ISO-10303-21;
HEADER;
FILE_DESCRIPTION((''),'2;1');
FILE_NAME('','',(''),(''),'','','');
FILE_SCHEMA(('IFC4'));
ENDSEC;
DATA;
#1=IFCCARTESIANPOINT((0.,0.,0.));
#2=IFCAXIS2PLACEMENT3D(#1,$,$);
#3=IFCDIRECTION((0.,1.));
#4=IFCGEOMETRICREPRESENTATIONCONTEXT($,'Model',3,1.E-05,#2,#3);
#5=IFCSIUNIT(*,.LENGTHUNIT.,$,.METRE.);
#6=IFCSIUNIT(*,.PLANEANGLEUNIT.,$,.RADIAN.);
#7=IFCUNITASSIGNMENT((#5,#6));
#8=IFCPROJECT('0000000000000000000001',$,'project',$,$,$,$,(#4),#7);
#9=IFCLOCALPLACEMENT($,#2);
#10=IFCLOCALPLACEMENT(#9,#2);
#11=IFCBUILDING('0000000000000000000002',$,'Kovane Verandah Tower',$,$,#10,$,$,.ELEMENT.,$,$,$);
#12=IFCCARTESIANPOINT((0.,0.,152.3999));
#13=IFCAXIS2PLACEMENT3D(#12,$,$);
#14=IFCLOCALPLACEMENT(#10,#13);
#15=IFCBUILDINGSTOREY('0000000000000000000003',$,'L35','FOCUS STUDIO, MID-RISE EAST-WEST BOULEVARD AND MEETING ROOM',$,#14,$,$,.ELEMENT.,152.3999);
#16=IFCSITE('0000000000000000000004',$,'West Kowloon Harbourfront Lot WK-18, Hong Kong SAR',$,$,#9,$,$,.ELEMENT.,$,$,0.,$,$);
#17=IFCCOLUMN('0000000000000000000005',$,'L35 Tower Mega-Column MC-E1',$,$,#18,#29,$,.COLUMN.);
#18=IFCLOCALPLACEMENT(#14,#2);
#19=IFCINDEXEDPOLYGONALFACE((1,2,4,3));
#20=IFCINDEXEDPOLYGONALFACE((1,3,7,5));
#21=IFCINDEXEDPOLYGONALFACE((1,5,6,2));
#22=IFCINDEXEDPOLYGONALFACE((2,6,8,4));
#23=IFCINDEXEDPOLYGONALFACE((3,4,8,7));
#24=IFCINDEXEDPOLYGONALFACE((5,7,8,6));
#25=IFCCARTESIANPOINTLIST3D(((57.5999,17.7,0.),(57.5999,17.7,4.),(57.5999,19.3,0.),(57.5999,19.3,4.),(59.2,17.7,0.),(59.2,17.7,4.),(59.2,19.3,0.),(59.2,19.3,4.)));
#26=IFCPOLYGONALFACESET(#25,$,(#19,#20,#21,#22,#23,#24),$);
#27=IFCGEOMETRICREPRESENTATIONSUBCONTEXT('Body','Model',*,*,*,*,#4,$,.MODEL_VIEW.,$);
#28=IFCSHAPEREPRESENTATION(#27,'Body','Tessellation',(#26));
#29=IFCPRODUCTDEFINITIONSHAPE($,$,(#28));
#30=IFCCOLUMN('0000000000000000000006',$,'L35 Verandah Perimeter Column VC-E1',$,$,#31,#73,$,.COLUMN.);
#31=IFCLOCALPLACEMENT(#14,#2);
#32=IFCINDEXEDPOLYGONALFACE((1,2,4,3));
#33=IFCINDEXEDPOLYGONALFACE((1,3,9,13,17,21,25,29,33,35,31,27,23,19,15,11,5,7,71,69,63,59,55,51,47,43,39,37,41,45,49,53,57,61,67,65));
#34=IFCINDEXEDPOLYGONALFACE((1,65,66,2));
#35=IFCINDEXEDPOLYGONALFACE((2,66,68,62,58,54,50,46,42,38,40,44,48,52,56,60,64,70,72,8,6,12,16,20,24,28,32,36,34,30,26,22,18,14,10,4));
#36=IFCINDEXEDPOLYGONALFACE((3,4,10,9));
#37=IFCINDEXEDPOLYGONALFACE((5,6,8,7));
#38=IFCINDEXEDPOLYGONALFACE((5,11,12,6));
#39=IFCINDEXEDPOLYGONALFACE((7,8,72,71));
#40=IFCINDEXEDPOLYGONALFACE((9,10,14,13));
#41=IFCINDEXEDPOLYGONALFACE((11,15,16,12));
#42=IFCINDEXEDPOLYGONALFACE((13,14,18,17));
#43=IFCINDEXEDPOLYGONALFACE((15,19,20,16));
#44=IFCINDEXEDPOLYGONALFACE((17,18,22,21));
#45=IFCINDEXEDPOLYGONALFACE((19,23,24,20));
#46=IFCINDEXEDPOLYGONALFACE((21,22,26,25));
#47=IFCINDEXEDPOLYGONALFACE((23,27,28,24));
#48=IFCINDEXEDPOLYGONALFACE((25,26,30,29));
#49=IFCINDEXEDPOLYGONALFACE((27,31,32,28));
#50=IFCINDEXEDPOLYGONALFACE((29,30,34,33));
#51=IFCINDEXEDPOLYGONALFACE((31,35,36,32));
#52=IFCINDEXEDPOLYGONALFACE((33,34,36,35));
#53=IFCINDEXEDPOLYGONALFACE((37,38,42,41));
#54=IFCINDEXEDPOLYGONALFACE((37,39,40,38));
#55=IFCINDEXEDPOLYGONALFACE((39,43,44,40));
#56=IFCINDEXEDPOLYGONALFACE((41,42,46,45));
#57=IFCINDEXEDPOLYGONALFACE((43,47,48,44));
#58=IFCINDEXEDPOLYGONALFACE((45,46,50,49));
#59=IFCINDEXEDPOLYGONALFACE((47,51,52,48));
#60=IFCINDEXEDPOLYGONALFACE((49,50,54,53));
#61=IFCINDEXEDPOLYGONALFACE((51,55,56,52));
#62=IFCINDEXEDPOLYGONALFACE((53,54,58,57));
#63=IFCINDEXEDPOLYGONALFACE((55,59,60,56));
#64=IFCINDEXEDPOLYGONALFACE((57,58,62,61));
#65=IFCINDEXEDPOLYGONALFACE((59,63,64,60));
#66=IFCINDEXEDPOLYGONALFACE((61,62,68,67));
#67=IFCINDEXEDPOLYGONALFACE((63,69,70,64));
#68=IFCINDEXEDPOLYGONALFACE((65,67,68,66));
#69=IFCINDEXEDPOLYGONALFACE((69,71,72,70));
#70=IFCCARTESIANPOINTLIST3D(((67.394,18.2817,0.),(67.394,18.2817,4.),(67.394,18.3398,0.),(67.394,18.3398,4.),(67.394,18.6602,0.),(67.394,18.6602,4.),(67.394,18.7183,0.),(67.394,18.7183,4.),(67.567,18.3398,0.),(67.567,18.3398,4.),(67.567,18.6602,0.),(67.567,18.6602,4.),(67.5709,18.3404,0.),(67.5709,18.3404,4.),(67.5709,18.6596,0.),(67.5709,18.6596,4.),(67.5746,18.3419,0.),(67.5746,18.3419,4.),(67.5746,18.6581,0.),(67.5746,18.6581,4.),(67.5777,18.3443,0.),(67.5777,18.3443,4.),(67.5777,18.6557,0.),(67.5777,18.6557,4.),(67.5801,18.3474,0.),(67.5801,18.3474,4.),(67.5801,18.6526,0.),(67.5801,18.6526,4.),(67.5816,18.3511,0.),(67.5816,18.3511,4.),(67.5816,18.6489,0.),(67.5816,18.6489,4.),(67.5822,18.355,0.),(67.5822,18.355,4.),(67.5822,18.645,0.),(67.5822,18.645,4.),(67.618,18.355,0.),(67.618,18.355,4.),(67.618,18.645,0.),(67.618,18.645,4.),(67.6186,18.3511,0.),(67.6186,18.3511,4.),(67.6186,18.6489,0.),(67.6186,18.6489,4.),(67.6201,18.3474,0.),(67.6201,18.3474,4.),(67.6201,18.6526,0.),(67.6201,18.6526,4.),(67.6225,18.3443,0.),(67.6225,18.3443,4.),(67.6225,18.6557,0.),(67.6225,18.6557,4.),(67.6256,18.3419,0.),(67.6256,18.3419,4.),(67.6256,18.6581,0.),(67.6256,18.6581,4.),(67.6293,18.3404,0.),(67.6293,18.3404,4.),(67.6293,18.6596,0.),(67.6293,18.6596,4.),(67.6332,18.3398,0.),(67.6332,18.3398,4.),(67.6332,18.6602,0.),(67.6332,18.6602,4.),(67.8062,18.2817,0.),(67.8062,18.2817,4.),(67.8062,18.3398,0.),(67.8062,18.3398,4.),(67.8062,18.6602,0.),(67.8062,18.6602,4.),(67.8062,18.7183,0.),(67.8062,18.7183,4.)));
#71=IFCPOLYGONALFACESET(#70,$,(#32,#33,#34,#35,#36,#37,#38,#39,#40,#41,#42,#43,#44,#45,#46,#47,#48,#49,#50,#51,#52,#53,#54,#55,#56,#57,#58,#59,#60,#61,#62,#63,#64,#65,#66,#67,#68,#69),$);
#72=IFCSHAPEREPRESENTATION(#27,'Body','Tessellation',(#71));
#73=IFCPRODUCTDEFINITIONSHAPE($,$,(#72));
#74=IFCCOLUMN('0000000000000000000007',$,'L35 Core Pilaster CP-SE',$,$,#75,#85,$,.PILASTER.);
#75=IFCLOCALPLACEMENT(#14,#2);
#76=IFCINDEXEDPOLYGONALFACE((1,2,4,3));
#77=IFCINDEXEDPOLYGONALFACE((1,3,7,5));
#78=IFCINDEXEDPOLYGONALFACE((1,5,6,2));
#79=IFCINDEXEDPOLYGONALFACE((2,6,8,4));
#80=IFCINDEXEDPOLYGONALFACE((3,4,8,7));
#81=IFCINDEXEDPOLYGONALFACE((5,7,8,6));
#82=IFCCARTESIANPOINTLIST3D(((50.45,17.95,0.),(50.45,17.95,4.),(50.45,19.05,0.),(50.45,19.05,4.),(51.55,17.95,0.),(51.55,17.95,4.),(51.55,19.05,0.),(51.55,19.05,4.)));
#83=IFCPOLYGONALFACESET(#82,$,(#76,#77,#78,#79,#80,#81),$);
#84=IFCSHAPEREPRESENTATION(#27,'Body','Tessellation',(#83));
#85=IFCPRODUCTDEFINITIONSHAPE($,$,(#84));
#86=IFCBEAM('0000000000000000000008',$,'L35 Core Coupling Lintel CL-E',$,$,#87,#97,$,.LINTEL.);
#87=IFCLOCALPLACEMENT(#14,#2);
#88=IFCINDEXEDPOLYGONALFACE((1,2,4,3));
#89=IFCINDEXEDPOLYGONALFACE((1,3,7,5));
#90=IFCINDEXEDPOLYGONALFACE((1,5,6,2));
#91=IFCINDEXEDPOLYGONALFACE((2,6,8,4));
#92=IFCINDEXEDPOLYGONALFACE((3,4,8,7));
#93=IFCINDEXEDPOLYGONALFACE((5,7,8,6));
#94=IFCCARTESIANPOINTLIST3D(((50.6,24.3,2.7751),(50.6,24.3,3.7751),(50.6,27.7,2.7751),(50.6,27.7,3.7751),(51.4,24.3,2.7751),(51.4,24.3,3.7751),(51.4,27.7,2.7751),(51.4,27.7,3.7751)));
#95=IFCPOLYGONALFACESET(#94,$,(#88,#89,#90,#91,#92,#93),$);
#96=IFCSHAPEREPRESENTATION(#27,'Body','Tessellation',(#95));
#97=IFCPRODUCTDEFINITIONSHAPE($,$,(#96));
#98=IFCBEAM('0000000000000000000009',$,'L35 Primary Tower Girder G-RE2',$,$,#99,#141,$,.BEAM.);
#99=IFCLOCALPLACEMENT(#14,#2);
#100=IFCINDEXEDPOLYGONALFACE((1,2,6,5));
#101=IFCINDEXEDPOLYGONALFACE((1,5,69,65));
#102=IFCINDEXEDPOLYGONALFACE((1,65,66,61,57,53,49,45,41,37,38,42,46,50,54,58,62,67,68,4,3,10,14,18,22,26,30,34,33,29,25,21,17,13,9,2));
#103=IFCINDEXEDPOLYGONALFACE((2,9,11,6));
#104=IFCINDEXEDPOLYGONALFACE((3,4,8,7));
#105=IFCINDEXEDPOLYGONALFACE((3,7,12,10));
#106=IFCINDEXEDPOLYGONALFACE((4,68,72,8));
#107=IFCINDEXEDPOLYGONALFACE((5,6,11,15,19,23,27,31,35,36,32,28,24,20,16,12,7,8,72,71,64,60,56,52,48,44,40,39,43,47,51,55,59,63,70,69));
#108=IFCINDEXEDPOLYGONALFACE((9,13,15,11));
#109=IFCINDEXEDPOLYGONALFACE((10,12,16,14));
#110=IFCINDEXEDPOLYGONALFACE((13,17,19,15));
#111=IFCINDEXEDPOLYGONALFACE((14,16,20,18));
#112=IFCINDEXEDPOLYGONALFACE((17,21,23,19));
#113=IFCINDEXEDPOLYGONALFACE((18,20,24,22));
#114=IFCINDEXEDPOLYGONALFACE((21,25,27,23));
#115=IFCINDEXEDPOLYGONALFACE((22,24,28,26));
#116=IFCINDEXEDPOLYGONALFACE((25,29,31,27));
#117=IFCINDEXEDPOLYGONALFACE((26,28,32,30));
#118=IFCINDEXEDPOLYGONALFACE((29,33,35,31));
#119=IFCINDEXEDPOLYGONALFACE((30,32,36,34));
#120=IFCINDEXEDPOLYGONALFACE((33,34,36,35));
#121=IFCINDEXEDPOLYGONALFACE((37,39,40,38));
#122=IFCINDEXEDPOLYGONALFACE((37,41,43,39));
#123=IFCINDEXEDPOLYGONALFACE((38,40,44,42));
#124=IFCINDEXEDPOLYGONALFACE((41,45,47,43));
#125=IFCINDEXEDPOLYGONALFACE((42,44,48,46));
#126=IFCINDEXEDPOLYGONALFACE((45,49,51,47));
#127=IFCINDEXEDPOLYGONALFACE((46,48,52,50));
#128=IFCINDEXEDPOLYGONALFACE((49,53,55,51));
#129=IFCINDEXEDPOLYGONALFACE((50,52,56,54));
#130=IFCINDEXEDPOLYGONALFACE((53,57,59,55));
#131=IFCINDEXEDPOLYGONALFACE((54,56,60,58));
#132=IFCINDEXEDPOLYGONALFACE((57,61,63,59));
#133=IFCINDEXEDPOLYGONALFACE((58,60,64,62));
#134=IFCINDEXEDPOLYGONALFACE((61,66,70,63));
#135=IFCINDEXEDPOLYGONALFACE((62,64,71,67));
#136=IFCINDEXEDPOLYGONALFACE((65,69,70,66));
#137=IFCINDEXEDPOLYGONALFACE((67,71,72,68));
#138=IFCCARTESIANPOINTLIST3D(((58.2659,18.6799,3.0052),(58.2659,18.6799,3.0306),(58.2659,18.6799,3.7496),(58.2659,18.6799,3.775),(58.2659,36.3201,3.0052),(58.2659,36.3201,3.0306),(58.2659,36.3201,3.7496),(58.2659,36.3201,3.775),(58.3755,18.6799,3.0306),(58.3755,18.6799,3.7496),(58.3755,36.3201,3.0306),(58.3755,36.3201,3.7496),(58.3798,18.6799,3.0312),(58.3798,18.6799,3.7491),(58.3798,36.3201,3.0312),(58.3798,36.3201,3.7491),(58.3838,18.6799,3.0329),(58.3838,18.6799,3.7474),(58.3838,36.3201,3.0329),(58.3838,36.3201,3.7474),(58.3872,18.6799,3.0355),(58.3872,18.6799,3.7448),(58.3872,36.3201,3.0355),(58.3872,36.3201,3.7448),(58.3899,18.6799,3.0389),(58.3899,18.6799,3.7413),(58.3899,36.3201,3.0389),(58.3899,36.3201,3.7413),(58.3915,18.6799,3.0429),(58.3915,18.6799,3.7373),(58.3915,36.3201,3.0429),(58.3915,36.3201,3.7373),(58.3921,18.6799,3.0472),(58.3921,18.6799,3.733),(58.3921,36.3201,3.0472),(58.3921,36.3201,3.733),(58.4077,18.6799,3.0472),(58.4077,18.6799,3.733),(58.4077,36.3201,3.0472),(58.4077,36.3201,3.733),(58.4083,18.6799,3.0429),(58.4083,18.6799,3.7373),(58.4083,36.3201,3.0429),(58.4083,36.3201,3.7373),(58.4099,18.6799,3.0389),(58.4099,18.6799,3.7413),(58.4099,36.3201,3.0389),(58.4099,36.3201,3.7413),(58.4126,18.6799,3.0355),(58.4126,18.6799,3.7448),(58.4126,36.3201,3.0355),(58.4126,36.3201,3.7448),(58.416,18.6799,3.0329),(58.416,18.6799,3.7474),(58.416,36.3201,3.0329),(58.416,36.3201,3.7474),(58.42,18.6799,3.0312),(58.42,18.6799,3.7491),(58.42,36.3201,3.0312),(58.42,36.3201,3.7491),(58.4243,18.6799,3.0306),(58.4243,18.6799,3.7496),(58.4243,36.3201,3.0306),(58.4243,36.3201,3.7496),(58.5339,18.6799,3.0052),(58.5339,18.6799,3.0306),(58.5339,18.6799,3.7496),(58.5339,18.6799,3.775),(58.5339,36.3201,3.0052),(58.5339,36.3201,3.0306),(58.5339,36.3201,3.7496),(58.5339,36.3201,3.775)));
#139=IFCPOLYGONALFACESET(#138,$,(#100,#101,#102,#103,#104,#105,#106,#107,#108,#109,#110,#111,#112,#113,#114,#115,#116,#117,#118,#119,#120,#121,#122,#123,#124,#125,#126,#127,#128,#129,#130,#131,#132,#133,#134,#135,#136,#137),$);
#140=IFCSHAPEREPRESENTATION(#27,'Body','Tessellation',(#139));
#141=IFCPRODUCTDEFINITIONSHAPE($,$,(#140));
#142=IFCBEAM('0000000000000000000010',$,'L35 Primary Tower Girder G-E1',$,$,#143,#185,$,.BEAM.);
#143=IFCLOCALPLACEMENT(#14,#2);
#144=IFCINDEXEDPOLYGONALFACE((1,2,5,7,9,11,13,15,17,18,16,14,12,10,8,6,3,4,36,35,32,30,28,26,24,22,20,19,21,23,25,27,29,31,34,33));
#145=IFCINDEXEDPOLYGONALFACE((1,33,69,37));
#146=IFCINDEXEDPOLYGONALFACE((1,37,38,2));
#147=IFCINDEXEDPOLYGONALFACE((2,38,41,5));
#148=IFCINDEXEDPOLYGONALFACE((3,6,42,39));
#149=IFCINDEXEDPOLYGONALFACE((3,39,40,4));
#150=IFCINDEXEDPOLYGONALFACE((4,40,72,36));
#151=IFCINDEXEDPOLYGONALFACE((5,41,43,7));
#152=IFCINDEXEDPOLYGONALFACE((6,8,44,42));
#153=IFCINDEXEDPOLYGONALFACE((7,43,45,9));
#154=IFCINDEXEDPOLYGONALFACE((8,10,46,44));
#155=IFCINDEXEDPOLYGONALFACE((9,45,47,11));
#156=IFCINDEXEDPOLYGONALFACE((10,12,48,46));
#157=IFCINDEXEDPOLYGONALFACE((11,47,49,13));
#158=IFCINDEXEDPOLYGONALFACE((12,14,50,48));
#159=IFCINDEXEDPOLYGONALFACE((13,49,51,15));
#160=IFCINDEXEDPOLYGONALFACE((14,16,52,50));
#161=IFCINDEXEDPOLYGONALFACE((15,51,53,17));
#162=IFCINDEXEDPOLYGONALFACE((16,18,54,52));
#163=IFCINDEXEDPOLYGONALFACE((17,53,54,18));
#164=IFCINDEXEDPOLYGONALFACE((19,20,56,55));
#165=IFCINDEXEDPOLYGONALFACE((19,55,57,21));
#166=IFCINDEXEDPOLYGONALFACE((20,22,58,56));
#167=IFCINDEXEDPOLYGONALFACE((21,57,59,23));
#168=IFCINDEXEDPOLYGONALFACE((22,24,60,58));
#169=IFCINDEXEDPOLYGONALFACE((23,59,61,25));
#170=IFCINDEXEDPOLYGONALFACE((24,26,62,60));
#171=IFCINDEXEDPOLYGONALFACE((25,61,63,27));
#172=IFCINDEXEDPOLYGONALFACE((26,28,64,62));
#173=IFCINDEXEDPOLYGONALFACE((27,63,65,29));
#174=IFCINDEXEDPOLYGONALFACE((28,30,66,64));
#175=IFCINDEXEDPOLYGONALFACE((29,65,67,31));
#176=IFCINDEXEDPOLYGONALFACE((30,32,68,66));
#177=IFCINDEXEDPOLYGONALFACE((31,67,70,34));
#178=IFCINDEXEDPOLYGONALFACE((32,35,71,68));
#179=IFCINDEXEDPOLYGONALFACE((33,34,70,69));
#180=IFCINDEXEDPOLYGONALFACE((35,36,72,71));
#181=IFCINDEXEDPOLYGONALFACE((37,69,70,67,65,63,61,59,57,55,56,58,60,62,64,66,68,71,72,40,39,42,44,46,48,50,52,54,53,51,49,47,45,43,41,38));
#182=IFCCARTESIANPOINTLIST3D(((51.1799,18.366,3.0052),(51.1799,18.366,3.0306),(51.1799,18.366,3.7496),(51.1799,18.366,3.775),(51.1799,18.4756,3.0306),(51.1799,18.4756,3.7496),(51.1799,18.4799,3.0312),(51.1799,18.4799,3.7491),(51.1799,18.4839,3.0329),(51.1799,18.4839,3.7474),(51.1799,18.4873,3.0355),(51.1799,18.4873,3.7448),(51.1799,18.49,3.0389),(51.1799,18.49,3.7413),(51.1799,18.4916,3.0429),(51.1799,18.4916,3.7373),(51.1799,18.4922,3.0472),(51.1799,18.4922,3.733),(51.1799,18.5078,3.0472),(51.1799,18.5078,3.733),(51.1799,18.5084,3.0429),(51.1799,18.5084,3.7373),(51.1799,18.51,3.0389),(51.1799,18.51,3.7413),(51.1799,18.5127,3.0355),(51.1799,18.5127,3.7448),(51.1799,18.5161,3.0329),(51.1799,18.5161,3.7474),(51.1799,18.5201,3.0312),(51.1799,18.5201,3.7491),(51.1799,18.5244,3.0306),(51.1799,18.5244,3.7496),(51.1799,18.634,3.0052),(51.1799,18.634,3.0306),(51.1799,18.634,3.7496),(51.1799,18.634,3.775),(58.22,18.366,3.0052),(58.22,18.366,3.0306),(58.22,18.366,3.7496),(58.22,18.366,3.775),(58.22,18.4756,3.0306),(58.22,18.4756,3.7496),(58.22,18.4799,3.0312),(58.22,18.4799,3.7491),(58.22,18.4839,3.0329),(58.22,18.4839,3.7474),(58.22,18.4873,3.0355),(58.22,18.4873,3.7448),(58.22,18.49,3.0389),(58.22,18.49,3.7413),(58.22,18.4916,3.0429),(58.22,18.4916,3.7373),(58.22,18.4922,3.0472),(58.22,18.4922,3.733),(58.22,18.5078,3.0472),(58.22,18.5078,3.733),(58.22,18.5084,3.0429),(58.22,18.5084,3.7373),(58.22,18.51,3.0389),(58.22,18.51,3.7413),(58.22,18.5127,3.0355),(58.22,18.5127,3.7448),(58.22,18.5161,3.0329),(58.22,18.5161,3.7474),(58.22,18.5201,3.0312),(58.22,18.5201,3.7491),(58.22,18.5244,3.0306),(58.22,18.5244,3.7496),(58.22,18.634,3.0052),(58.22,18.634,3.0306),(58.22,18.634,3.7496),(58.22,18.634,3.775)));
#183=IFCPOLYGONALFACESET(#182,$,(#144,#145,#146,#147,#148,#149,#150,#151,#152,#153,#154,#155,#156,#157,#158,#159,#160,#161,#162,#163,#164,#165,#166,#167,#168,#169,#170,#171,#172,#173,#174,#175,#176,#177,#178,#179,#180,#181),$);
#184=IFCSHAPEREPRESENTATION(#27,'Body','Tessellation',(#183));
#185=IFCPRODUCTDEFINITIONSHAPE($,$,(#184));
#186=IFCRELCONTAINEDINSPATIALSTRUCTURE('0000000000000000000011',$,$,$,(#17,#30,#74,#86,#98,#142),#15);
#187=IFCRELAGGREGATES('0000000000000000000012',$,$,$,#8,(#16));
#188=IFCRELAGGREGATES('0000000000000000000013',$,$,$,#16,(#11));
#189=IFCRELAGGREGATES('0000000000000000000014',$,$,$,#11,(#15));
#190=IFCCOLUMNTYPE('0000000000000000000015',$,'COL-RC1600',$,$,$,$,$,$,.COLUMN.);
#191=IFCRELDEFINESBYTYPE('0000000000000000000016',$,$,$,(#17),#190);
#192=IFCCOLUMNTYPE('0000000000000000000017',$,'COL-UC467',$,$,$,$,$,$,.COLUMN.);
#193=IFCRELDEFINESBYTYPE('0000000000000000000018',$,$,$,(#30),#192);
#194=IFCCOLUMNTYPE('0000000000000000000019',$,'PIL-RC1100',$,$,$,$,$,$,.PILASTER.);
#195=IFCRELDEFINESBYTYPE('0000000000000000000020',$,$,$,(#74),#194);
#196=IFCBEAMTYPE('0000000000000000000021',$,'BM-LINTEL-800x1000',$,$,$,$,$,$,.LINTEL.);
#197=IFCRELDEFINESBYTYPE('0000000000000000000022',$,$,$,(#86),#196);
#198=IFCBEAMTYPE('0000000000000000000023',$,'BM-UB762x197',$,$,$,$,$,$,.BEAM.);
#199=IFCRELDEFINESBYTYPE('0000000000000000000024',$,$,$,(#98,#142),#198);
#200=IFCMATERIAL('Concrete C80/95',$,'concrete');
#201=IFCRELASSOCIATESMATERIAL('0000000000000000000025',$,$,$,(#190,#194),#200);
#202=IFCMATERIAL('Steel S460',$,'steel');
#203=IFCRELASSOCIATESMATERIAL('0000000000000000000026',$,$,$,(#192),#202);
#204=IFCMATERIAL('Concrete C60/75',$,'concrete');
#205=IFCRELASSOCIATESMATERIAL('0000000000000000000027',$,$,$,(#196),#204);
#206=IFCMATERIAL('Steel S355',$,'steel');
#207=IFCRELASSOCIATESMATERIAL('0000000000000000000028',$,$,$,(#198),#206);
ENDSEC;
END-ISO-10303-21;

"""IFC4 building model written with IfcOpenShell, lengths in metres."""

from ifc_helpers import new_model, si_unit, direction, frame, origin, origin_2d, place, context, subcontext, project, spatial, rectangle, i_section, extrude, material, material_profile, profile_set, type_object, element, save


model = new_model("IFC4")

# Units and contexts
model_context = context("Model", 3, precision=1e-05, world=origin(), true_north=direction((0.0, 1.0)))
body_context = subcontext(model_context, "Body", "Model", "MODEL_VIEW")
ifc_project = project(units=[si_unit("LENGTHUNIT", "METRE"), si_unit("PLANEANGLEUNIT", "RADIAN")], contexts=[model_context])

# Site, building, storey
site_placement = place(None, origin())
site = spatial("IfcSite", under=ifc_project, at=site_placement, Name="West Kowloon Harbourfront Lot WK-18, Hong Kong SAR", CompositionType="ELEMENT", RefElevation=0.0)
building_placement = place(site_placement, origin())
building = spatial("IfcBuilding", under=site, at=building_placement, Name="Kovane Verandah Tower", CompositionType="ELEMENT")
storey_placement = place(building_placement, frame((0.0, 0.0, 152.3999)))
storey = spatial("IfcBuildingStorey", under=building, at=storey_placement, Name="L35", Description="FOCUS STUDIO, MID-RISE EAST-WEST BOULEVARD AND MEETING ROOM", CompositionType="ELEMENT", Elevation=152.3999)

# Columns
ifc_material_1 = material(Name="Concrete C80/95", Category="concrete")
ifc_material_profile_1 = material_profile(ifc_material_1, rectangle(XDim=1.6001, YDim=1.6001, at=origin_2d()), Name="RC1600x1600")
ifc_profile_set_1 = profile_set([ifc_material_profile_1], Name="Concrete C80/95")
column_type_1 = type_object("IfcColumnType", Name="COL-RC1600", PredefinedType="COLUMN", material=ifc_profile_set_1)
column_1_placement = place(storey_placement, frame((58.3999, 18.5, 0.0), z_axis=(0.0, 0.0, 1.0), x_axis=(1.0, 0.0, 0.0)))
element("IfcColumn", 1, at=column_1_placement, inside=storey, type_object=column_type_1, Name="L35 Tower Mega-Column MC-E1", PredefinedType="COLUMN", context=body_context, shape_type="SweptSolid", body=[
    extrude(rectangle(XDim=1.6001, YDim=1.6001, at=origin_2d()), origin(), (0.0, 0.0, 1.0), 4.0),
])
ifc_material_2 = material(Name="Steel S460", Category="steel")
ifc_material_profile_2 = material_profile(ifc_material_2, i_section(OverallWidth=0.4121, OverallDepth=0.4365, WebThickness=0.0359, FlangeThickness=0.0581, FilletRadius=0.0151, at=origin_2d()), Name="UC356x406x467")
ifc_profile_set_2 = profile_set([ifc_material_profile_2], Name="Steel S460")
column_type_2 = type_object("IfcColumnType", Name="COL-UC467", PredefinedType="COLUMN", material=ifc_profile_set_2)
column_2_placement = place(storey_placement, frame((67.6001, 18.5, 0.0), z_axis=(0.0, 0.0, 1.0), x_axis=(1.0, 0.0, 0.0)))
element("IfcColumn", 2, at=column_2_placement, inside=storey, type_object=column_type_2, Name="L35 Verandah Perimeter Column VC-E1", PredefinedType="COLUMN", context=body_context, shape_type="SweptSolid", body=[
    extrude(i_section(OverallWidth=0.4121, OverallDepth=0.4365, WebThickness=0.0359, FlangeThickness=0.0581, FilletRadius=0.0151, at=origin_2d()), origin(), (0.0, 0.0, 1.0), 4.0),
])
ifc_material_profile_3 = material_profile(ifc_material_1, rectangle(XDim=1.1001, YDim=1.1001, at=origin_2d()), Name="RC1100x1100")
ifc_profile_set_3 = profile_set([ifc_material_profile_3], Name="Concrete C80/95")
column_type_3 = type_object("IfcColumnType", Name="PIL-RC1100", PredefinedType="PILASTER", material=ifc_profile_set_3)
column_3_placement = place(storey_placement, frame((51.0, 18.5, 0.0), z_axis=(0.0, 0.0, 1.0), x_axis=(1.0, 0.0, 0.0)))
element("IfcColumn", 3, at=column_3_placement, inside=storey, type_object=column_type_3, Name="L35 Core Pilaster CP-SE", PredefinedType="PILASTER", context=body_context, shape_type="SweptSolid", body=[
    extrude(rectangle(XDim=1.1001, YDim=1.1001, at=origin_2d()), origin(), (0.0, 0.0, 1.0), 4.0),
])

# Beams
ifc_material_3 = material(Name="Concrete C60/75", Category="concrete")
ifc_material_profile_4 = material_profile(ifc_material_3, rectangle(XDim=0.8, YDim=1.0, at=origin_2d()), Name="RCB800x1000")
ifc_profile_set_4 = profile_set([ifc_material_profile_4], Name="Concrete C60/75")
beam_type_1 = type_object("IfcBeamType", Name="BM-LINTEL-800x1000", PredefinedType="LINTEL", material=ifc_profile_set_4)
beam_1_placement = place(storey_placement, frame((51.0, 24.3, 3.2751), z_axis=(0.0, 1.0, 0.0), x_axis=(-1.0, 0.0, 0.0)))
element("IfcBeam", 4, at=beam_1_placement, inside=storey, type_object=beam_type_1, Name="L35 Core Coupling Lintel CL-E", PredefinedType="LINTEL", context=body_context, shape_type="SweptSolid", body=[
    extrude(rectangle(XDim=0.8, YDim=1.0, at=origin_2d()), origin(), (0.0, 0.0, 1.0), 3.3999),
])
ifc_material_4 = material(Name="Steel S355", Category="steel")
ifc_material_profile_5 = material_profile(ifc_material_4, i_section(OverallWidth=0.2681, OverallDepth=0.7698, WebThickness=0.0156, FlangeThickness=0.0254, FilletRadius=0.0166, at=origin_2d()), Name="UB762x267x197")
ifc_profile_set_5 = profile_set([ifc_material_profile_5], Name="Steel S355")
beam_type_2 = type_object("IfcBeamType", Name="BM-UB762x197", PredefinedType="BEAM", material=ifc_profile_set_5)
beam_2_placement = place(storey_placement, frame((58.3999, 18.6799, 3.3901), z_axis=(0.0, 1.0, 0.0), x_axis=(-1.0, 0.0, 0.0)))
element("IfcBeam", 5, at=beam_2_placement, inside=storey, type_object=beam_type_2, Name="L35 Primary Tower Girder G-RE2", PredefinedType="BEAM", context=body_context, shape_type="SweptSolid", body=[
    extrude(i_section(OverallWidth=0.2681, OverallDepth=0.7698, WebThickness=0.0156, FlangeThickness=0.0254, FilletRadius=0.0166, at=origin_2d()), origin(), (0.0, 0.0, 1.0), 17.6401),
])
beam_3_placement = place(storey_placement, frame((51.1799, 18.5, 3.3901), z_axis=(1.0, 0.0, 0.0), x_axis=(0.0, 1.0, 0.0)))
element("IfcBeam", 6, at=beam_3_placement, inside=storey, type_object=beam_type_2, Name="L35 Primary Tower Girder G-E1", PredefinedType="BEAM", context=body_context, shape_type="SweptSolid", body=[
    extrude(i_section(OverallWidth=0.2681, OverallDepth=0.7698, WebThickness=0.0156, FlangeThickness=0.0254, FilletRadius=0.0166, at=origin_2d()), origin(), (0.0, 0.0, 1.0), 7.04),
])

save(model, "model.ifc")
